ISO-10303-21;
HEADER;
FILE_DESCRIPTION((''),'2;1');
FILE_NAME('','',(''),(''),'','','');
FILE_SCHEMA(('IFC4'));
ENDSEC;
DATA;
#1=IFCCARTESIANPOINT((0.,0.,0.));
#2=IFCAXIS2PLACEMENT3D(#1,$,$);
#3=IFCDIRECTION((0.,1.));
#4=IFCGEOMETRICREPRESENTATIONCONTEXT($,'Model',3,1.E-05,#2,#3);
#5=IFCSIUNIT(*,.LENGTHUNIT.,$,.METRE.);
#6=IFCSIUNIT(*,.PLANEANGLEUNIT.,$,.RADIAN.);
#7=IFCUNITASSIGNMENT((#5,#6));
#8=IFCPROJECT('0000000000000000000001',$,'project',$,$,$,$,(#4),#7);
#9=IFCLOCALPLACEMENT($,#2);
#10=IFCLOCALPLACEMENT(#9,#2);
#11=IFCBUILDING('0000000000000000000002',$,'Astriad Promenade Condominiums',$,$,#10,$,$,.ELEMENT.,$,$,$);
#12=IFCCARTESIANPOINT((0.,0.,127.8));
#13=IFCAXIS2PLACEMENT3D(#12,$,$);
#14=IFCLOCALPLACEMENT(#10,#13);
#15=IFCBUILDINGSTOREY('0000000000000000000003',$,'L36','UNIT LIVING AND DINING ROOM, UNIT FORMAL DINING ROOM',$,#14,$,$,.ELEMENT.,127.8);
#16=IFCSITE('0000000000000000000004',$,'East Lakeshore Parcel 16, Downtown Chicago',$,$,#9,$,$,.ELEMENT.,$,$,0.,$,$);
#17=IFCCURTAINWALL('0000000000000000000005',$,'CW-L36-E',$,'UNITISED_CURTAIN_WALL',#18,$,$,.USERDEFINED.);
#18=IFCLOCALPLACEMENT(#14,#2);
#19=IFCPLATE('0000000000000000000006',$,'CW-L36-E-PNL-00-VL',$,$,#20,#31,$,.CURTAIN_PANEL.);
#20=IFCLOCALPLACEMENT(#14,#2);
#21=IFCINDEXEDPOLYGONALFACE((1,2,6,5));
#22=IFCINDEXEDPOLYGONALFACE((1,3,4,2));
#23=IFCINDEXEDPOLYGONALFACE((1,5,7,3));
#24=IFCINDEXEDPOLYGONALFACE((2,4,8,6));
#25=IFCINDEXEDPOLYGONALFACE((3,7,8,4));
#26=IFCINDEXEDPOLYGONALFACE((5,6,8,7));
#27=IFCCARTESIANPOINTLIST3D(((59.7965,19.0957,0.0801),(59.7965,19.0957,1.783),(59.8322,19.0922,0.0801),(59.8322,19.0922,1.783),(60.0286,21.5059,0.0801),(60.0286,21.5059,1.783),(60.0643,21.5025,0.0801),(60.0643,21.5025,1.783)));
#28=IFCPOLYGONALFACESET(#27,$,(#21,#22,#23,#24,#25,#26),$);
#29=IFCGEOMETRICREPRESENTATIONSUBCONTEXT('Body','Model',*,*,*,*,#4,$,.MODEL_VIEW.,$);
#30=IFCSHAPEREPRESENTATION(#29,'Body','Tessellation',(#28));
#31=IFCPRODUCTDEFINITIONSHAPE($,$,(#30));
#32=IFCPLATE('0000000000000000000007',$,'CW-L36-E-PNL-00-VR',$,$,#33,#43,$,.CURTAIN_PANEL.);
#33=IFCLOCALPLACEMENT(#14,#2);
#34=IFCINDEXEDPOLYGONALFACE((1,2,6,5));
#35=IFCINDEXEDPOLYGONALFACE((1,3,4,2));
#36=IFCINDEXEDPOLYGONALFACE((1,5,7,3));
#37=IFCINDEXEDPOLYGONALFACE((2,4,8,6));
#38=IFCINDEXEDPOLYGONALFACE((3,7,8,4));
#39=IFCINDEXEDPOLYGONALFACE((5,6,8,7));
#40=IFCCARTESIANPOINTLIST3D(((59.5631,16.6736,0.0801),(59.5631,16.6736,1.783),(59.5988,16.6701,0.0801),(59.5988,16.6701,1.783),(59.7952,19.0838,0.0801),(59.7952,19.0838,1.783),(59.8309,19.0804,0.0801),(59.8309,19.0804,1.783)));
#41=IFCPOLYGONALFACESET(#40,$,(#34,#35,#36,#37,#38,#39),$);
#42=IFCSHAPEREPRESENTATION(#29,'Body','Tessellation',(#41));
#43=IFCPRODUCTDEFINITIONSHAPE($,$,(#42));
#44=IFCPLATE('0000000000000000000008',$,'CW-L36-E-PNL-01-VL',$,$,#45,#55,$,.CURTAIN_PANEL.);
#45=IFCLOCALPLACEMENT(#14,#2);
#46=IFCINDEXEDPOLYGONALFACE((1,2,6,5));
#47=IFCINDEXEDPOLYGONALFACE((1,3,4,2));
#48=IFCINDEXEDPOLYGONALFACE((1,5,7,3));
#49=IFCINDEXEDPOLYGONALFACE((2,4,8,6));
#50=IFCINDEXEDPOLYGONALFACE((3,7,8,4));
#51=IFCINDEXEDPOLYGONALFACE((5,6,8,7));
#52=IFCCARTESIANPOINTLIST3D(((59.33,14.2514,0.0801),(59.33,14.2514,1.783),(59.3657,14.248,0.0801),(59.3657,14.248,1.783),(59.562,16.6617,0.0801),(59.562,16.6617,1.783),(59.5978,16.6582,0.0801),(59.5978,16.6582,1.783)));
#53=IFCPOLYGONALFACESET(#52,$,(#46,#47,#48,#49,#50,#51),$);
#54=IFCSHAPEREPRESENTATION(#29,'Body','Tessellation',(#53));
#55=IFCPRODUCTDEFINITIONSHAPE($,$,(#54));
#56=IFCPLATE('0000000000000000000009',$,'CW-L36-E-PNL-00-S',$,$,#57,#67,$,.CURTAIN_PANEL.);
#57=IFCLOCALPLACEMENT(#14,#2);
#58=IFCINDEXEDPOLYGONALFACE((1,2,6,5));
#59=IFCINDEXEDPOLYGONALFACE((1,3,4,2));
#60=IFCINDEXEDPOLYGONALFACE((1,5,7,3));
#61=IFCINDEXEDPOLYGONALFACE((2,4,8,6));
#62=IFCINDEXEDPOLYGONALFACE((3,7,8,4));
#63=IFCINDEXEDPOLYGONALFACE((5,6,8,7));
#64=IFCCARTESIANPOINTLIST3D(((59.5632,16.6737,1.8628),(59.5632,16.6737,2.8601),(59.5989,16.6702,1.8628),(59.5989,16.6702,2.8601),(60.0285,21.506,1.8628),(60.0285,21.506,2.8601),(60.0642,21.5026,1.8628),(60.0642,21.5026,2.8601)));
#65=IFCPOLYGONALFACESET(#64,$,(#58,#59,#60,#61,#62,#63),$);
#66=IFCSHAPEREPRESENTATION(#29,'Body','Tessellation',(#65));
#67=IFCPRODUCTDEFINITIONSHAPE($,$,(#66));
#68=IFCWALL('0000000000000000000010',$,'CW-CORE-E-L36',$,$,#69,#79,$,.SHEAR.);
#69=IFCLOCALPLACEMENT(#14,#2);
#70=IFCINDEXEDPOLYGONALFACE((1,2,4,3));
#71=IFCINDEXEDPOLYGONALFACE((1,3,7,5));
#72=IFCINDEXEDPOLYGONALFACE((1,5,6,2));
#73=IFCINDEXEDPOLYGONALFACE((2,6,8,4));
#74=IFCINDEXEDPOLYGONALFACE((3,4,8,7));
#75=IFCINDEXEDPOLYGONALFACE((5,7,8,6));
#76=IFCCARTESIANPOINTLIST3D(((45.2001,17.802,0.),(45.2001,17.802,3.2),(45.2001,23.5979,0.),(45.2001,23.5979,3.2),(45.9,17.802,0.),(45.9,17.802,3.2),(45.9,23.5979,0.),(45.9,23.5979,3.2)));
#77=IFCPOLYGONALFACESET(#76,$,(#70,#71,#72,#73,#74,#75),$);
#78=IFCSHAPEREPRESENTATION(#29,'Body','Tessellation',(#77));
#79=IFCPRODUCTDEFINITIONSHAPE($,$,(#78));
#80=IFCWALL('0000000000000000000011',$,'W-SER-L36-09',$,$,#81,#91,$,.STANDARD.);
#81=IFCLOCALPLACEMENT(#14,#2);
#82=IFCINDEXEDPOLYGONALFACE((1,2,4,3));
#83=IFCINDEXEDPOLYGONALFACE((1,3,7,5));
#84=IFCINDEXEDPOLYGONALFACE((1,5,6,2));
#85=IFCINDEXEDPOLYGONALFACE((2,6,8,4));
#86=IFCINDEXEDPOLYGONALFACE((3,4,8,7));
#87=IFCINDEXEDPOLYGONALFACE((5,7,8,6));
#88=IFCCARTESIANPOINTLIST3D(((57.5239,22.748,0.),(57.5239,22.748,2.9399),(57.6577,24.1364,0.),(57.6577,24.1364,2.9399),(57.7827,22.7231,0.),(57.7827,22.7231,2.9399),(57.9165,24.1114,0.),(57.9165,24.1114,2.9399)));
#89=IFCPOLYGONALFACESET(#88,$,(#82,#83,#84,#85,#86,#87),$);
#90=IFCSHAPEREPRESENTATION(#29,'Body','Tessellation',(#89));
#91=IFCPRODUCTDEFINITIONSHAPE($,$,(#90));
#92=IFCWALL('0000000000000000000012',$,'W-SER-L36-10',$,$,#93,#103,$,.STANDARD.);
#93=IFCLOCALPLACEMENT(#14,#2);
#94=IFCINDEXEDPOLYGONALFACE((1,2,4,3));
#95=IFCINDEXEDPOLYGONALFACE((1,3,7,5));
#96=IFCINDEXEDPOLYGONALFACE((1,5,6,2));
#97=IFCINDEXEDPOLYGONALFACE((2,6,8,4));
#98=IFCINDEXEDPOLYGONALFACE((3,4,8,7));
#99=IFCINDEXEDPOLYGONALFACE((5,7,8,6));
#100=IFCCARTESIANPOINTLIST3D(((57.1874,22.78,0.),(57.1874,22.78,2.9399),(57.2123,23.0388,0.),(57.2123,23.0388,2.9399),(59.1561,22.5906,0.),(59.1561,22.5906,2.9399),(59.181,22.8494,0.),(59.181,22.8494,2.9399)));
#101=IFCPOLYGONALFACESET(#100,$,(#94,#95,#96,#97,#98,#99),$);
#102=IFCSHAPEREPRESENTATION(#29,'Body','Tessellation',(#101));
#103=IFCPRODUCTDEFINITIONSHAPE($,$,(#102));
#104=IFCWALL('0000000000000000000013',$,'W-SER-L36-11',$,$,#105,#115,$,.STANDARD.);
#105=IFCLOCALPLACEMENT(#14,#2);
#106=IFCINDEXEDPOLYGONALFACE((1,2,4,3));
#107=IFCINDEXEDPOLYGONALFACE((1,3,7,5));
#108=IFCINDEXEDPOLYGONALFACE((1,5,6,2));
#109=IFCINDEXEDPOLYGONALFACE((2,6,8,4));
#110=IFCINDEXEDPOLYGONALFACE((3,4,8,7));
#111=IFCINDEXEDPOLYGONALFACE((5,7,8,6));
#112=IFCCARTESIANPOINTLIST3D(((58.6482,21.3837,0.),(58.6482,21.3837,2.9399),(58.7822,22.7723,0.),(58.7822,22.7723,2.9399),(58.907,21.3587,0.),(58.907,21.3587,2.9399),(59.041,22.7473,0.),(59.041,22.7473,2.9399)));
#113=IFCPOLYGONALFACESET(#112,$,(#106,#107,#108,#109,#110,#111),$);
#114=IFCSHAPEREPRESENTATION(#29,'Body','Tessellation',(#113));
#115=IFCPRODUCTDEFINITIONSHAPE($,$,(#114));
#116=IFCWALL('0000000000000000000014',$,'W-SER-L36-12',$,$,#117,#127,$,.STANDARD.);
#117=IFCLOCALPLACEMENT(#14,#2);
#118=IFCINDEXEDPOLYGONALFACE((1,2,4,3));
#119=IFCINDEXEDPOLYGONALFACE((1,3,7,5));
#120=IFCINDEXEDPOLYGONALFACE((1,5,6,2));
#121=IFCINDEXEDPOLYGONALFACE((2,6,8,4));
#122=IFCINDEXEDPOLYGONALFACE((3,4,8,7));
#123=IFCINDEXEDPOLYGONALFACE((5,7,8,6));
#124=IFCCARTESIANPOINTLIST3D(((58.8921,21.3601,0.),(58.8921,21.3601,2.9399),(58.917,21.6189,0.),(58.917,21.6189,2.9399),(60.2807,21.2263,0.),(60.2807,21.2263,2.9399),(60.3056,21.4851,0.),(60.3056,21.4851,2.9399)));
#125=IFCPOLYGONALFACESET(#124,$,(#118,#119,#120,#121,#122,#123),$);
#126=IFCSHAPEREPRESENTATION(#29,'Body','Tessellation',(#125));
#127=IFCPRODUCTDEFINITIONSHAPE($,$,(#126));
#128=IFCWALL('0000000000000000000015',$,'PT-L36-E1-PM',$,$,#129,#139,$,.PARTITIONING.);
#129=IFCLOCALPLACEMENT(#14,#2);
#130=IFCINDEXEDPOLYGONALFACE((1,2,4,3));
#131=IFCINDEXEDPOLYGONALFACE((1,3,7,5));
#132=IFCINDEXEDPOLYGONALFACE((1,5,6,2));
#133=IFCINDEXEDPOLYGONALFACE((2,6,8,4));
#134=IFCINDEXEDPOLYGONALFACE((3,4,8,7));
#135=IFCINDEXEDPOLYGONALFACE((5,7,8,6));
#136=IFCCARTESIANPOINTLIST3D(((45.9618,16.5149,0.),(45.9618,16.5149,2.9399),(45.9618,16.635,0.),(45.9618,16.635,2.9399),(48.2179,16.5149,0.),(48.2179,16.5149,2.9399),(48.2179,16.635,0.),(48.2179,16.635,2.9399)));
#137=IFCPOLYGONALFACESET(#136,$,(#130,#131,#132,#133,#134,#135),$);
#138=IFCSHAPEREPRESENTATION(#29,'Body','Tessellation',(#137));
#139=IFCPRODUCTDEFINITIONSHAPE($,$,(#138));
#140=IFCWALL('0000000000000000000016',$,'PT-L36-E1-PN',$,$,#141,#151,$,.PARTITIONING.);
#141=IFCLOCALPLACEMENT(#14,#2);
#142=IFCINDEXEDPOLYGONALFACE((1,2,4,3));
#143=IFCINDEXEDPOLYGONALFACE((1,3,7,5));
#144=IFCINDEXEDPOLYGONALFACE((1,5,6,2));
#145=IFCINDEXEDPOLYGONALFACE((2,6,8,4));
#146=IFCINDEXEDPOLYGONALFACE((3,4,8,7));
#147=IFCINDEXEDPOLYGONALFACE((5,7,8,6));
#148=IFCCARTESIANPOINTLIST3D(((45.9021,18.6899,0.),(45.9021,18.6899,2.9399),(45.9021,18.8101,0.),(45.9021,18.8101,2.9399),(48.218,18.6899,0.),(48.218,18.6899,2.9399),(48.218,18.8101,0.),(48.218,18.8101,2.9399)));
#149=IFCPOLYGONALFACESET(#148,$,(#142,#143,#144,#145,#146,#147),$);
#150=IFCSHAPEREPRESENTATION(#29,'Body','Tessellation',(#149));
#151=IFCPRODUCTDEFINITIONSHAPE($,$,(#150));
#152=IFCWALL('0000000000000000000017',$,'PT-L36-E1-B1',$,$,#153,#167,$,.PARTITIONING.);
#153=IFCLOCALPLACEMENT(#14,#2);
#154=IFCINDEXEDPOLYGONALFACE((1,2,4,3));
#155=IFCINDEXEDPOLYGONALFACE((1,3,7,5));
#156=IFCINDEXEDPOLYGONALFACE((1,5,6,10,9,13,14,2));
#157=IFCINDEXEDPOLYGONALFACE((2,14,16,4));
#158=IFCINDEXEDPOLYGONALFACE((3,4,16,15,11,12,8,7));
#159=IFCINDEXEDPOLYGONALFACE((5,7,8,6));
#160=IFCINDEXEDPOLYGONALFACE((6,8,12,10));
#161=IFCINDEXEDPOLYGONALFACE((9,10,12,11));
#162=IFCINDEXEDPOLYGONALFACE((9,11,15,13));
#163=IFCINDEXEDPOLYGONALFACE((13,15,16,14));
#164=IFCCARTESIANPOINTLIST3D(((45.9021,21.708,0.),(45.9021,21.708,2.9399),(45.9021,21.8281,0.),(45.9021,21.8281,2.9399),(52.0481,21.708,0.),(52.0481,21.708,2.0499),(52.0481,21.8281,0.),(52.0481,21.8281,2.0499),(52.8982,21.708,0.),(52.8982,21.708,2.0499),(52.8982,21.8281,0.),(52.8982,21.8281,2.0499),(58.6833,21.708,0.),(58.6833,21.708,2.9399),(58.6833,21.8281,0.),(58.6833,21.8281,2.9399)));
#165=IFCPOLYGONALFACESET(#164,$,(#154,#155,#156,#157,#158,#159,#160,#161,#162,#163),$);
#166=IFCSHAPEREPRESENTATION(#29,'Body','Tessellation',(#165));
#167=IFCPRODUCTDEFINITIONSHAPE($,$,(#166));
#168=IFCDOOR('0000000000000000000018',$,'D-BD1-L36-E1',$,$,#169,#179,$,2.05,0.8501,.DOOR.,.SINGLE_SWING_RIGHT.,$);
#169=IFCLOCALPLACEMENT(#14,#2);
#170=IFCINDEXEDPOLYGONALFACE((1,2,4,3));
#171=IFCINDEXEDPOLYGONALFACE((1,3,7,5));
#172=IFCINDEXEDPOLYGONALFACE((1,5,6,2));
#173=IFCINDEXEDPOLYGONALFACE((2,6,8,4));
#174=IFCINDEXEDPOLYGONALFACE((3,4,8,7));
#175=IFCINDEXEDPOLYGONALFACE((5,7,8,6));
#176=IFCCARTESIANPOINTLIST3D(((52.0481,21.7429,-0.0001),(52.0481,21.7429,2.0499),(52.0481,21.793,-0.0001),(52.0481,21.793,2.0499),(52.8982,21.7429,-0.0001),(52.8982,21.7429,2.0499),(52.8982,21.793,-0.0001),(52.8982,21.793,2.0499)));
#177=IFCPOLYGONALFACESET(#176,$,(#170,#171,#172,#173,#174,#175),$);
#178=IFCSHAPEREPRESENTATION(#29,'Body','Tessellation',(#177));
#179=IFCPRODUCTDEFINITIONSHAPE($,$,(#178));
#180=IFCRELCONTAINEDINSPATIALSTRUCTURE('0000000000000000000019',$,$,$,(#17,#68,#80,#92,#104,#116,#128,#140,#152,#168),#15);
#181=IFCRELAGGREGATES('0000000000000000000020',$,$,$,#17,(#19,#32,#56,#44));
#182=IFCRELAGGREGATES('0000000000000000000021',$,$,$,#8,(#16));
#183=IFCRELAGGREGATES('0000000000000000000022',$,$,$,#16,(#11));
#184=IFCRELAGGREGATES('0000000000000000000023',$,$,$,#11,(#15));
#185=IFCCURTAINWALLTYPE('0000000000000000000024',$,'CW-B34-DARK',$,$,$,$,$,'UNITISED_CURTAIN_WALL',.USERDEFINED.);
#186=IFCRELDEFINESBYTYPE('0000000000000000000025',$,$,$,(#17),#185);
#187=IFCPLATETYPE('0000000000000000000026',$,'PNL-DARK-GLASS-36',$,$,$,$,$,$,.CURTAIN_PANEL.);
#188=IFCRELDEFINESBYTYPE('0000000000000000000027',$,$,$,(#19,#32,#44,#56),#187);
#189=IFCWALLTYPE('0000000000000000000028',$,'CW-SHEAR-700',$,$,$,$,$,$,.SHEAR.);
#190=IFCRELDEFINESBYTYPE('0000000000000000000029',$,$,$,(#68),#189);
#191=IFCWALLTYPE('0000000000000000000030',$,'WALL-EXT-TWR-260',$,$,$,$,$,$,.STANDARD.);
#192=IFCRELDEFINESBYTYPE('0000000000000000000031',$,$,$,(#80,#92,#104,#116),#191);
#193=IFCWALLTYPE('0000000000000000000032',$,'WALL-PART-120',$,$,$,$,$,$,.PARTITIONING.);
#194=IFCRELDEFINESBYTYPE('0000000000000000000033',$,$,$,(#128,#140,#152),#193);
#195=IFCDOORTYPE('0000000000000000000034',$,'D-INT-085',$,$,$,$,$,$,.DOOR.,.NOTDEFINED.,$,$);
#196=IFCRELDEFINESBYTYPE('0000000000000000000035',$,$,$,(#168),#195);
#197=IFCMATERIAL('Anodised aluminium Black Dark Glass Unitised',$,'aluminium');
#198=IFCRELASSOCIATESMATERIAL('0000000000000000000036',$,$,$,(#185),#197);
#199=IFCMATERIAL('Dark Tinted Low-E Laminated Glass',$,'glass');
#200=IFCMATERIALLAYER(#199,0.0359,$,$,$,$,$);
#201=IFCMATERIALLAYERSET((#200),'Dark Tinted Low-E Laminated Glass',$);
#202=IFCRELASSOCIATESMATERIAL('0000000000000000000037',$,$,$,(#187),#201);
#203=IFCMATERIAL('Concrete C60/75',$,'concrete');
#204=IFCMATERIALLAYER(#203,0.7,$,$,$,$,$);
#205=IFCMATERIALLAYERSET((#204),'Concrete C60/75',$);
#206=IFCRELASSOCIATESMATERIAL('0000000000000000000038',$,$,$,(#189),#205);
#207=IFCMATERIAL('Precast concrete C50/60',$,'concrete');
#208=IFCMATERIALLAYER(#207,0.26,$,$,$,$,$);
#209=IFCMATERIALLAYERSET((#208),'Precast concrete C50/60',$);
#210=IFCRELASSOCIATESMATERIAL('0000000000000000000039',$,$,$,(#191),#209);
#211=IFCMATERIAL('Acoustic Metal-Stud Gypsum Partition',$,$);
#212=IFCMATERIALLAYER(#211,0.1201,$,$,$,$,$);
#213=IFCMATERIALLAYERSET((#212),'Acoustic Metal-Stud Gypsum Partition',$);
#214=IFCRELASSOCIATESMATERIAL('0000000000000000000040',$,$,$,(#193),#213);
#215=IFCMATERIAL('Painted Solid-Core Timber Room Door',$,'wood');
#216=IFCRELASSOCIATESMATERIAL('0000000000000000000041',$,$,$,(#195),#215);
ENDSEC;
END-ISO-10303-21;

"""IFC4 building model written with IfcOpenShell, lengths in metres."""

from ifc_helpers import new_model, si_unit, direction, frame, frame_2d, origin, origin_2d, place, context, subcontext, project, spatial, rectangle, extrude, source, transform, mapped, material, layer, layer_set, type_object, type_shapes, element, fill, aggregate, save


model = new_model("IFC4")

# Units and contexts
model_context = context("Model", 3, precision=1e-05, world=origin(), true_north=direction((0.0, 1.0)))
body_context = subcontext(model_context, "Body", "Model", "MODEL_VIEW")
ifc_project = project(units=[si_unit("LENGTHUNIT", "METRE"), si_unit("PLANEANGLEUNIT", "RADIAN")], contexts=[model_context])

# Site, building, storey
site_placement = place(None, origin())
site = spatial("IfcSite", under=ifc_project, at=site_placement, Name="East Lakeshore Parcel 16, Downtown Chicago", CompositionType="ELEMENT", RefElevation=0.0)
building_placement = place(site_placement, origin())
building = spatial("IfcBuilding", under=site, at=building_placement, Name="Astriad Promenade Condominiums", CompositionType="ELEMENT")
storey_placement = place(building_placement, frame((0.0, 0.0, 127.8)))
storey = spatial("IfcBuildingStorey", under=building, at=storey_placement, Name="L36", Description="UNIT LIVING AND DINING ROOM, UNIT FORMAL DINING ROOM", CompositionType="ELEMENT", Elevation=127.8)

# Shared definitions
ifc_material_1 = material(Name="Concrete C60/75", Category="concrete")

# Curtain wall, plates
ifc_material_2 = material(Name="Anodised aluminium Black Dark Glass Unitised", Category="aluminium")
curtain_wall_type = type_object("IfcCurtainWallType", Name="CW-B34-DARK", ElementType="UNITISED_CURTAIN_WALL", PredefinedType="USERDEFINED", material=ifc_material_2)
curtain_wall_placement = place(storey_placement, origin())
curtain_wall = element("IfcCurtainWall", 1, at=curtain_wall_placement, inside=storey, type_object=curtain_wall_type, Name="CW-L36-E", ObjectType="UNITISED_CURTAIN_WALL", PredefinedType="USERDEFINED")
ifc_material_3 = material(Name="Dark Tinted Low-E Laminated Glass", Category="glass")
ifc_layer_1 = layer(ifc_material_3, 0.0359)
ifc_layer_set_1 = layer_set([ifc_layer_1], Name="Dark Tinted Low-E Laminated Glass")
plate_type = type_object("IfcPlateType", Name="PNL-DARK-GLASS-36", PredefinedType="CURTAIN_PANEL", material=ifc_layer_set_1)
shared_shape_1 = source(origin(), body_context, "Body", "SweptSolid", [
    extrude(rectangle(XDim=2.4214, YDim=0.0359, at=origin_2d()), origin(), (0.0, 0.0, 1.0), 1.7029),
])
plate_1_placement = place(storey_placement, frame((59.9304, 20.2991, 0.0801), z_axis=(0.0, 0.0, 1.0), x_axis=(-0.095846, -0.995396, 0.0)))
plate_1 = element("IfcPlate", 2, at=plate_1_placement, type_object=plate_type, Name="CW-L36-E-PNL-00-VL", PredefinedType="CURTAIN_PANEL", context=body_context, shape_type="MappedRepresentation", body=[
    mapped(shared_shape_1, transform((0.0, 0.0, 0.0), scale=1.0)),
])
plate_2_placement = place(storey_placement, frame((59.697, 17.877, 0.0801), z_axis=(0.0, 0.0, 1.0), x_axis=(-0.095846, -0.995396, 0.0)))
plate_2 = element("IfcPlate", 3, at=plate_2_placement, type_object=plate_type, Name="CW-L36-E-PNL-00-VR", PredefinedType="CURTAIN_PANEL", context=body_context, shape_type="MappedRepresentation", body=[
    mapped(shared_shape_1, transform((0.0, 0.0, 0.0), scale=1.0)),
])
plate_3_placement = place(storey_placement, frame((59.4639, 15.4548, 0.0801), z_axis=(0.0, 0.0, 1.0), x_axis=(-0.095846, -0.995396, 0.0)))
plate_3 = element("IfcPlate", 4, at=plate_3_placement, type_object=plate_type, Name="CW-L36-E-PNL-01-VL", PredefinedType="CURTAIN_PANEL", context=body_context, shape_type="MappedRepresentation", body=[
    mapped(shared_shape_1, transform((0.0, 0.0, 0.0), scale=1.0)),
])
shared_shape_2 = source(origin(), body_context, "Body", "SweptSolid", [
    extrude(rectangle(XDim=4.8547, YDim=0.0359, at=origin_2d()), origin(), (0.0, 0.0, 1.0), 0.9973),
])
type_shapes(plate_type, [shared_shape_1, shared_shape_2])
plate_4_placement = place(storey_placement, frame((59.8137, 19.0881, 1.8628), z_axis=(0.0, 0.0, 1.0), x_axis=(-0.095846, -0.995396, 0.0)))
plate_4 = element("IfcPlate", 5, at=plate_4_placement, type_object=plate_type, Name="CW-L36-E-PNL-00-S", PredefinedType="CURTAIN_PANEL", context=body_context, shape_type="MappedRepresentation", body=[
    mapped(shared_shape_2, transform((0.0, 0.0, 0.0), scale=1.0)),
])
aggregate(curtain_wall, [plate_1, plate_2, plate_4, plate_3])

# Walls
ifc_layer_2 = layer(ifc_material_1, 0.7)
ifc_layer_set_2 = layer_set([ifc_layer_2], Name="Concrete C60/75")
wall_type_1 = type_object("IfcWallType", Name="CW-SHEAR-700", PredefinedType="SHEAR", material=ifc_layer_set_2)
wall_1_placement = place(storey_placement, frame((45.55, 17.802, 0.0), z_axis=(0.0, 0.0, 1.0), x_axis=(0.0, 1.0, 0.0)))
element("IfcWall", 6, at=wall_1_placement, inside=storey, type_object=wall_type_1, Name="CW-CORE-E-L36", PredefinedType="SHEAR", context=body_context, shape_type="SweptSolid", body=[
    extrude(rectangle(XDim=5.7959, YDim=0.7, at=frame_2d((2.8979, 0.0))), origin(), (0.0, 0.0, 1.0), 3.2),
])
ifc_material_4 = material(Name="Precast concrete C50/60", Category="concrete")
ifc_layer_3 = layer(ifc_material_4, 0.26)
ifc_layer_set_3 = layer_set([ifc_layer_3], Name="Precast concrete C50/60")
wall_type_2 = type_object("IfcWallType", Name="WALL-EXT-TWR-260", PredefinedType="STANDARD", material=ifc_layer_set_3)
wall_2_placement = place(storey_placement, frame((57.7871, 24.1238, 0.0), z_axis=(0.0, 0.0, 1.0), x_axis=(-0.095916, -0.995389, 0.0)))
element("IfcWall", 7, at=wall_2_placement, inside=storey, type_object=wall_type_2, Name="W-SER-L36-09", PredefinedType="STANDARD", context=body_context, shape_type="SweptSolid", body=[
    extrude(rectangle(XDim=1.3948, YDim=0.26, at=frame_2d((0.6973, 0.0))), origin(), (0.0, 0.0, 1.0), 2.9399),
])
wall_3_placement = place(storey_placement, frame((57.2, 22.9094, 0.0), z_axis=(0.0, 0.0, 1.0), x_axis=(0.995402, -0.095788, 0.0)))
element("IfcWall", 8, at=wall_3_placement, inside=storey, type_object=wall_type_2, Name="W-SER-L36-10", PredefinedType="STANDARD", context=body_context, shape_type="SweptSolid", body=[
    extrude(rectangle(XDim=1.9778, YDim=0.26, at=frame_2d((0.9888, 0.0))), origin(), (0.0, 0.0, 1.0), 2.9399),
])
for number, where, z_axis, x_axis, name in (
    (9, (58.9116, 22.7598, 0.0), (0.0, 0.0, 1.0), (-0.096073, -0.995374, 0.0), "W-SER-L36-11"),
    (10, (58.9045, 21.4895, 0.0), (0.0, 0.0, 1.0), (0.995391, -0.095899, 0.0), "W-SER-L36-12"),
):
    element("IfcWall", number, at=place(storey_placement, frame(where, z_axis=z_axis, x_axis=x_axis)), inside=storey, type_object=wall_type_2, Name=name, PredefinedType="STANDARD", context=body_context, shape_type="SweptSolid", body=[
        extrude(rectangle(XDim=1.395, YDim=0.26, at=frame_2d((0.6975, 0.0))), origin(), (0.0, 0.0, 1.0), 2.9399),
    ])
ifc_material_5 = material(Name="Acoustic Metal-Stud Gypsum Partition")
ifc_layer_4 = layer(ifc_material_5, 0.1201)
ifc_layer_set_4 = layer_set([ifc_layer_4], Name="Acoustic Metal-Stud Gypsum Partition")
wall_type_3 = type_object("IfcWallType", Name="WALL-PART-120", PredefinedType="PARTITIONING", material=ifc_layer_set_4)
wall_4_placement = place(storey_placement, frame((45.9619, 16.575, 0.0), z_axis=(0.0, 0.0, 1.0), x_axis=(1.0, 0.0, 0.0)))
element("IfcWall", 11, at=wall_4_placement, inside=storey, type_object=wall_type_3, Name="PT-L36-E1-PM", PredefinedType="PARTITIONING", context=body_context, shape_type="SweptSolid", body=[
    extrude(rectangle(XDim=2.2561, YDim=0.1201, at=frame_2d((1.1279, 0.0))), origin(), (0.0, 0.0, 1.0), 2.9399),
])
wall_5_placement = place(storey_placement, frame((45.9021, 18.75, 0.0), z_axis=(0.0, 0.0, 1.0), x_axis=(1.0, 0.0, 0.0)))
element("IfcWall", 12, at=wall_5_placement, inside=storey, type_object=wall_type_3, Name="PT-L36-E1-PN", PredefinedType="PARTITIONING", context=body_context, shape_type="SweptSolid", body=[
    extrude(rectangle(XDim=2.3159, YDim=0.1201, at=frame_2d((1.158, 0.0))), origin(), (0.0, 0.0, 1.0), 2.9399),
])

# Wall, opening, door
wall_6_placement = place(storey_placement, frame((45.9021, 21.7681, 0.0), z_axis=(0.0, 0.0, 1.0), x_axis=(1.0, 0.0, 0.0)))
wall_6 = element("IfcWall", 13, at=wall_6_placement, inside=storey, type_object=wall_type_3, Name="PT-L36-E1-B1", PredefinedType="PARTITIONING", context=body_context, shape_type="SweptSolid", body=[
    extrude(rectangle(XDim=12.7812, YDim=0.1201, at=frame_2d((6.3906, 0.0))), origin(), (0.0, 0.0, 1.0), 2.9399),
])
opening_1_placement = place(wall_6_placement, frame((6.146, 0.0, 0.0)))
opening_1 = element("IfcOpeningElement", 14, at=opening_1_placement, cuts=wall_6, PredefinedType="OPENING", context=body_context, shape_type="SweptSolid", body=[
    extrude(rectangle(XDim=0.8501, YDim=2.05, at=frame_2d((0.425, 1.0249))), frame((0.0, 0.0701, 0.0), z_axis=(0.0, -1.0, 0.0), x_axis=(1.0, 0.0, 0.0)), (0.0, 0.0, 1.0), 0.1401),
])
ifc_material_6 = material(Name="Painted Solid-Core Timber Room Door", Category="wood")
door_type = type_object("IfcDoorType", Name="D-INT-085", OperationType="NOTDEFINED", PredefinedType="DOOR", material=ifc_material_6)
shared_shape_3 = source(origin(), body_context, "Body", "SweptSolid", [
    extrude(rectangle(XDim=0.8501, YDim=2.05, at=frame_2d((0.425, 1.0249))), frame((0.0, 0.0249, 0.0), z_axis=(0.0, -1.0, 0.0), x_axis=(1.0, 0.0, 0.0)), (0.0, 0.0, 1.0), 0.05),
])
type_shapes(door_type, [shared_shape_3])
door_1_placement = place(opening_1_placement, origin())
door_1 = element("IfcDoor", 15, at=door_1_placement, inside=storey, type_object=door_type, Name="D-BD1-L36-E1", OperationType="SINGLE_SWING_RIGHT", OverallHeight=2.05, OverallWidth=0.8501, PredefinedType="DOOR", context=body_context, shape_type="MappedRepresentation", body=[
    mapped(shared_shape_3, transform((0.0, 0.0, 0.0), scale=1.0)),
])
fill(opening_1, door_1)

save(model, "model.ifc")
